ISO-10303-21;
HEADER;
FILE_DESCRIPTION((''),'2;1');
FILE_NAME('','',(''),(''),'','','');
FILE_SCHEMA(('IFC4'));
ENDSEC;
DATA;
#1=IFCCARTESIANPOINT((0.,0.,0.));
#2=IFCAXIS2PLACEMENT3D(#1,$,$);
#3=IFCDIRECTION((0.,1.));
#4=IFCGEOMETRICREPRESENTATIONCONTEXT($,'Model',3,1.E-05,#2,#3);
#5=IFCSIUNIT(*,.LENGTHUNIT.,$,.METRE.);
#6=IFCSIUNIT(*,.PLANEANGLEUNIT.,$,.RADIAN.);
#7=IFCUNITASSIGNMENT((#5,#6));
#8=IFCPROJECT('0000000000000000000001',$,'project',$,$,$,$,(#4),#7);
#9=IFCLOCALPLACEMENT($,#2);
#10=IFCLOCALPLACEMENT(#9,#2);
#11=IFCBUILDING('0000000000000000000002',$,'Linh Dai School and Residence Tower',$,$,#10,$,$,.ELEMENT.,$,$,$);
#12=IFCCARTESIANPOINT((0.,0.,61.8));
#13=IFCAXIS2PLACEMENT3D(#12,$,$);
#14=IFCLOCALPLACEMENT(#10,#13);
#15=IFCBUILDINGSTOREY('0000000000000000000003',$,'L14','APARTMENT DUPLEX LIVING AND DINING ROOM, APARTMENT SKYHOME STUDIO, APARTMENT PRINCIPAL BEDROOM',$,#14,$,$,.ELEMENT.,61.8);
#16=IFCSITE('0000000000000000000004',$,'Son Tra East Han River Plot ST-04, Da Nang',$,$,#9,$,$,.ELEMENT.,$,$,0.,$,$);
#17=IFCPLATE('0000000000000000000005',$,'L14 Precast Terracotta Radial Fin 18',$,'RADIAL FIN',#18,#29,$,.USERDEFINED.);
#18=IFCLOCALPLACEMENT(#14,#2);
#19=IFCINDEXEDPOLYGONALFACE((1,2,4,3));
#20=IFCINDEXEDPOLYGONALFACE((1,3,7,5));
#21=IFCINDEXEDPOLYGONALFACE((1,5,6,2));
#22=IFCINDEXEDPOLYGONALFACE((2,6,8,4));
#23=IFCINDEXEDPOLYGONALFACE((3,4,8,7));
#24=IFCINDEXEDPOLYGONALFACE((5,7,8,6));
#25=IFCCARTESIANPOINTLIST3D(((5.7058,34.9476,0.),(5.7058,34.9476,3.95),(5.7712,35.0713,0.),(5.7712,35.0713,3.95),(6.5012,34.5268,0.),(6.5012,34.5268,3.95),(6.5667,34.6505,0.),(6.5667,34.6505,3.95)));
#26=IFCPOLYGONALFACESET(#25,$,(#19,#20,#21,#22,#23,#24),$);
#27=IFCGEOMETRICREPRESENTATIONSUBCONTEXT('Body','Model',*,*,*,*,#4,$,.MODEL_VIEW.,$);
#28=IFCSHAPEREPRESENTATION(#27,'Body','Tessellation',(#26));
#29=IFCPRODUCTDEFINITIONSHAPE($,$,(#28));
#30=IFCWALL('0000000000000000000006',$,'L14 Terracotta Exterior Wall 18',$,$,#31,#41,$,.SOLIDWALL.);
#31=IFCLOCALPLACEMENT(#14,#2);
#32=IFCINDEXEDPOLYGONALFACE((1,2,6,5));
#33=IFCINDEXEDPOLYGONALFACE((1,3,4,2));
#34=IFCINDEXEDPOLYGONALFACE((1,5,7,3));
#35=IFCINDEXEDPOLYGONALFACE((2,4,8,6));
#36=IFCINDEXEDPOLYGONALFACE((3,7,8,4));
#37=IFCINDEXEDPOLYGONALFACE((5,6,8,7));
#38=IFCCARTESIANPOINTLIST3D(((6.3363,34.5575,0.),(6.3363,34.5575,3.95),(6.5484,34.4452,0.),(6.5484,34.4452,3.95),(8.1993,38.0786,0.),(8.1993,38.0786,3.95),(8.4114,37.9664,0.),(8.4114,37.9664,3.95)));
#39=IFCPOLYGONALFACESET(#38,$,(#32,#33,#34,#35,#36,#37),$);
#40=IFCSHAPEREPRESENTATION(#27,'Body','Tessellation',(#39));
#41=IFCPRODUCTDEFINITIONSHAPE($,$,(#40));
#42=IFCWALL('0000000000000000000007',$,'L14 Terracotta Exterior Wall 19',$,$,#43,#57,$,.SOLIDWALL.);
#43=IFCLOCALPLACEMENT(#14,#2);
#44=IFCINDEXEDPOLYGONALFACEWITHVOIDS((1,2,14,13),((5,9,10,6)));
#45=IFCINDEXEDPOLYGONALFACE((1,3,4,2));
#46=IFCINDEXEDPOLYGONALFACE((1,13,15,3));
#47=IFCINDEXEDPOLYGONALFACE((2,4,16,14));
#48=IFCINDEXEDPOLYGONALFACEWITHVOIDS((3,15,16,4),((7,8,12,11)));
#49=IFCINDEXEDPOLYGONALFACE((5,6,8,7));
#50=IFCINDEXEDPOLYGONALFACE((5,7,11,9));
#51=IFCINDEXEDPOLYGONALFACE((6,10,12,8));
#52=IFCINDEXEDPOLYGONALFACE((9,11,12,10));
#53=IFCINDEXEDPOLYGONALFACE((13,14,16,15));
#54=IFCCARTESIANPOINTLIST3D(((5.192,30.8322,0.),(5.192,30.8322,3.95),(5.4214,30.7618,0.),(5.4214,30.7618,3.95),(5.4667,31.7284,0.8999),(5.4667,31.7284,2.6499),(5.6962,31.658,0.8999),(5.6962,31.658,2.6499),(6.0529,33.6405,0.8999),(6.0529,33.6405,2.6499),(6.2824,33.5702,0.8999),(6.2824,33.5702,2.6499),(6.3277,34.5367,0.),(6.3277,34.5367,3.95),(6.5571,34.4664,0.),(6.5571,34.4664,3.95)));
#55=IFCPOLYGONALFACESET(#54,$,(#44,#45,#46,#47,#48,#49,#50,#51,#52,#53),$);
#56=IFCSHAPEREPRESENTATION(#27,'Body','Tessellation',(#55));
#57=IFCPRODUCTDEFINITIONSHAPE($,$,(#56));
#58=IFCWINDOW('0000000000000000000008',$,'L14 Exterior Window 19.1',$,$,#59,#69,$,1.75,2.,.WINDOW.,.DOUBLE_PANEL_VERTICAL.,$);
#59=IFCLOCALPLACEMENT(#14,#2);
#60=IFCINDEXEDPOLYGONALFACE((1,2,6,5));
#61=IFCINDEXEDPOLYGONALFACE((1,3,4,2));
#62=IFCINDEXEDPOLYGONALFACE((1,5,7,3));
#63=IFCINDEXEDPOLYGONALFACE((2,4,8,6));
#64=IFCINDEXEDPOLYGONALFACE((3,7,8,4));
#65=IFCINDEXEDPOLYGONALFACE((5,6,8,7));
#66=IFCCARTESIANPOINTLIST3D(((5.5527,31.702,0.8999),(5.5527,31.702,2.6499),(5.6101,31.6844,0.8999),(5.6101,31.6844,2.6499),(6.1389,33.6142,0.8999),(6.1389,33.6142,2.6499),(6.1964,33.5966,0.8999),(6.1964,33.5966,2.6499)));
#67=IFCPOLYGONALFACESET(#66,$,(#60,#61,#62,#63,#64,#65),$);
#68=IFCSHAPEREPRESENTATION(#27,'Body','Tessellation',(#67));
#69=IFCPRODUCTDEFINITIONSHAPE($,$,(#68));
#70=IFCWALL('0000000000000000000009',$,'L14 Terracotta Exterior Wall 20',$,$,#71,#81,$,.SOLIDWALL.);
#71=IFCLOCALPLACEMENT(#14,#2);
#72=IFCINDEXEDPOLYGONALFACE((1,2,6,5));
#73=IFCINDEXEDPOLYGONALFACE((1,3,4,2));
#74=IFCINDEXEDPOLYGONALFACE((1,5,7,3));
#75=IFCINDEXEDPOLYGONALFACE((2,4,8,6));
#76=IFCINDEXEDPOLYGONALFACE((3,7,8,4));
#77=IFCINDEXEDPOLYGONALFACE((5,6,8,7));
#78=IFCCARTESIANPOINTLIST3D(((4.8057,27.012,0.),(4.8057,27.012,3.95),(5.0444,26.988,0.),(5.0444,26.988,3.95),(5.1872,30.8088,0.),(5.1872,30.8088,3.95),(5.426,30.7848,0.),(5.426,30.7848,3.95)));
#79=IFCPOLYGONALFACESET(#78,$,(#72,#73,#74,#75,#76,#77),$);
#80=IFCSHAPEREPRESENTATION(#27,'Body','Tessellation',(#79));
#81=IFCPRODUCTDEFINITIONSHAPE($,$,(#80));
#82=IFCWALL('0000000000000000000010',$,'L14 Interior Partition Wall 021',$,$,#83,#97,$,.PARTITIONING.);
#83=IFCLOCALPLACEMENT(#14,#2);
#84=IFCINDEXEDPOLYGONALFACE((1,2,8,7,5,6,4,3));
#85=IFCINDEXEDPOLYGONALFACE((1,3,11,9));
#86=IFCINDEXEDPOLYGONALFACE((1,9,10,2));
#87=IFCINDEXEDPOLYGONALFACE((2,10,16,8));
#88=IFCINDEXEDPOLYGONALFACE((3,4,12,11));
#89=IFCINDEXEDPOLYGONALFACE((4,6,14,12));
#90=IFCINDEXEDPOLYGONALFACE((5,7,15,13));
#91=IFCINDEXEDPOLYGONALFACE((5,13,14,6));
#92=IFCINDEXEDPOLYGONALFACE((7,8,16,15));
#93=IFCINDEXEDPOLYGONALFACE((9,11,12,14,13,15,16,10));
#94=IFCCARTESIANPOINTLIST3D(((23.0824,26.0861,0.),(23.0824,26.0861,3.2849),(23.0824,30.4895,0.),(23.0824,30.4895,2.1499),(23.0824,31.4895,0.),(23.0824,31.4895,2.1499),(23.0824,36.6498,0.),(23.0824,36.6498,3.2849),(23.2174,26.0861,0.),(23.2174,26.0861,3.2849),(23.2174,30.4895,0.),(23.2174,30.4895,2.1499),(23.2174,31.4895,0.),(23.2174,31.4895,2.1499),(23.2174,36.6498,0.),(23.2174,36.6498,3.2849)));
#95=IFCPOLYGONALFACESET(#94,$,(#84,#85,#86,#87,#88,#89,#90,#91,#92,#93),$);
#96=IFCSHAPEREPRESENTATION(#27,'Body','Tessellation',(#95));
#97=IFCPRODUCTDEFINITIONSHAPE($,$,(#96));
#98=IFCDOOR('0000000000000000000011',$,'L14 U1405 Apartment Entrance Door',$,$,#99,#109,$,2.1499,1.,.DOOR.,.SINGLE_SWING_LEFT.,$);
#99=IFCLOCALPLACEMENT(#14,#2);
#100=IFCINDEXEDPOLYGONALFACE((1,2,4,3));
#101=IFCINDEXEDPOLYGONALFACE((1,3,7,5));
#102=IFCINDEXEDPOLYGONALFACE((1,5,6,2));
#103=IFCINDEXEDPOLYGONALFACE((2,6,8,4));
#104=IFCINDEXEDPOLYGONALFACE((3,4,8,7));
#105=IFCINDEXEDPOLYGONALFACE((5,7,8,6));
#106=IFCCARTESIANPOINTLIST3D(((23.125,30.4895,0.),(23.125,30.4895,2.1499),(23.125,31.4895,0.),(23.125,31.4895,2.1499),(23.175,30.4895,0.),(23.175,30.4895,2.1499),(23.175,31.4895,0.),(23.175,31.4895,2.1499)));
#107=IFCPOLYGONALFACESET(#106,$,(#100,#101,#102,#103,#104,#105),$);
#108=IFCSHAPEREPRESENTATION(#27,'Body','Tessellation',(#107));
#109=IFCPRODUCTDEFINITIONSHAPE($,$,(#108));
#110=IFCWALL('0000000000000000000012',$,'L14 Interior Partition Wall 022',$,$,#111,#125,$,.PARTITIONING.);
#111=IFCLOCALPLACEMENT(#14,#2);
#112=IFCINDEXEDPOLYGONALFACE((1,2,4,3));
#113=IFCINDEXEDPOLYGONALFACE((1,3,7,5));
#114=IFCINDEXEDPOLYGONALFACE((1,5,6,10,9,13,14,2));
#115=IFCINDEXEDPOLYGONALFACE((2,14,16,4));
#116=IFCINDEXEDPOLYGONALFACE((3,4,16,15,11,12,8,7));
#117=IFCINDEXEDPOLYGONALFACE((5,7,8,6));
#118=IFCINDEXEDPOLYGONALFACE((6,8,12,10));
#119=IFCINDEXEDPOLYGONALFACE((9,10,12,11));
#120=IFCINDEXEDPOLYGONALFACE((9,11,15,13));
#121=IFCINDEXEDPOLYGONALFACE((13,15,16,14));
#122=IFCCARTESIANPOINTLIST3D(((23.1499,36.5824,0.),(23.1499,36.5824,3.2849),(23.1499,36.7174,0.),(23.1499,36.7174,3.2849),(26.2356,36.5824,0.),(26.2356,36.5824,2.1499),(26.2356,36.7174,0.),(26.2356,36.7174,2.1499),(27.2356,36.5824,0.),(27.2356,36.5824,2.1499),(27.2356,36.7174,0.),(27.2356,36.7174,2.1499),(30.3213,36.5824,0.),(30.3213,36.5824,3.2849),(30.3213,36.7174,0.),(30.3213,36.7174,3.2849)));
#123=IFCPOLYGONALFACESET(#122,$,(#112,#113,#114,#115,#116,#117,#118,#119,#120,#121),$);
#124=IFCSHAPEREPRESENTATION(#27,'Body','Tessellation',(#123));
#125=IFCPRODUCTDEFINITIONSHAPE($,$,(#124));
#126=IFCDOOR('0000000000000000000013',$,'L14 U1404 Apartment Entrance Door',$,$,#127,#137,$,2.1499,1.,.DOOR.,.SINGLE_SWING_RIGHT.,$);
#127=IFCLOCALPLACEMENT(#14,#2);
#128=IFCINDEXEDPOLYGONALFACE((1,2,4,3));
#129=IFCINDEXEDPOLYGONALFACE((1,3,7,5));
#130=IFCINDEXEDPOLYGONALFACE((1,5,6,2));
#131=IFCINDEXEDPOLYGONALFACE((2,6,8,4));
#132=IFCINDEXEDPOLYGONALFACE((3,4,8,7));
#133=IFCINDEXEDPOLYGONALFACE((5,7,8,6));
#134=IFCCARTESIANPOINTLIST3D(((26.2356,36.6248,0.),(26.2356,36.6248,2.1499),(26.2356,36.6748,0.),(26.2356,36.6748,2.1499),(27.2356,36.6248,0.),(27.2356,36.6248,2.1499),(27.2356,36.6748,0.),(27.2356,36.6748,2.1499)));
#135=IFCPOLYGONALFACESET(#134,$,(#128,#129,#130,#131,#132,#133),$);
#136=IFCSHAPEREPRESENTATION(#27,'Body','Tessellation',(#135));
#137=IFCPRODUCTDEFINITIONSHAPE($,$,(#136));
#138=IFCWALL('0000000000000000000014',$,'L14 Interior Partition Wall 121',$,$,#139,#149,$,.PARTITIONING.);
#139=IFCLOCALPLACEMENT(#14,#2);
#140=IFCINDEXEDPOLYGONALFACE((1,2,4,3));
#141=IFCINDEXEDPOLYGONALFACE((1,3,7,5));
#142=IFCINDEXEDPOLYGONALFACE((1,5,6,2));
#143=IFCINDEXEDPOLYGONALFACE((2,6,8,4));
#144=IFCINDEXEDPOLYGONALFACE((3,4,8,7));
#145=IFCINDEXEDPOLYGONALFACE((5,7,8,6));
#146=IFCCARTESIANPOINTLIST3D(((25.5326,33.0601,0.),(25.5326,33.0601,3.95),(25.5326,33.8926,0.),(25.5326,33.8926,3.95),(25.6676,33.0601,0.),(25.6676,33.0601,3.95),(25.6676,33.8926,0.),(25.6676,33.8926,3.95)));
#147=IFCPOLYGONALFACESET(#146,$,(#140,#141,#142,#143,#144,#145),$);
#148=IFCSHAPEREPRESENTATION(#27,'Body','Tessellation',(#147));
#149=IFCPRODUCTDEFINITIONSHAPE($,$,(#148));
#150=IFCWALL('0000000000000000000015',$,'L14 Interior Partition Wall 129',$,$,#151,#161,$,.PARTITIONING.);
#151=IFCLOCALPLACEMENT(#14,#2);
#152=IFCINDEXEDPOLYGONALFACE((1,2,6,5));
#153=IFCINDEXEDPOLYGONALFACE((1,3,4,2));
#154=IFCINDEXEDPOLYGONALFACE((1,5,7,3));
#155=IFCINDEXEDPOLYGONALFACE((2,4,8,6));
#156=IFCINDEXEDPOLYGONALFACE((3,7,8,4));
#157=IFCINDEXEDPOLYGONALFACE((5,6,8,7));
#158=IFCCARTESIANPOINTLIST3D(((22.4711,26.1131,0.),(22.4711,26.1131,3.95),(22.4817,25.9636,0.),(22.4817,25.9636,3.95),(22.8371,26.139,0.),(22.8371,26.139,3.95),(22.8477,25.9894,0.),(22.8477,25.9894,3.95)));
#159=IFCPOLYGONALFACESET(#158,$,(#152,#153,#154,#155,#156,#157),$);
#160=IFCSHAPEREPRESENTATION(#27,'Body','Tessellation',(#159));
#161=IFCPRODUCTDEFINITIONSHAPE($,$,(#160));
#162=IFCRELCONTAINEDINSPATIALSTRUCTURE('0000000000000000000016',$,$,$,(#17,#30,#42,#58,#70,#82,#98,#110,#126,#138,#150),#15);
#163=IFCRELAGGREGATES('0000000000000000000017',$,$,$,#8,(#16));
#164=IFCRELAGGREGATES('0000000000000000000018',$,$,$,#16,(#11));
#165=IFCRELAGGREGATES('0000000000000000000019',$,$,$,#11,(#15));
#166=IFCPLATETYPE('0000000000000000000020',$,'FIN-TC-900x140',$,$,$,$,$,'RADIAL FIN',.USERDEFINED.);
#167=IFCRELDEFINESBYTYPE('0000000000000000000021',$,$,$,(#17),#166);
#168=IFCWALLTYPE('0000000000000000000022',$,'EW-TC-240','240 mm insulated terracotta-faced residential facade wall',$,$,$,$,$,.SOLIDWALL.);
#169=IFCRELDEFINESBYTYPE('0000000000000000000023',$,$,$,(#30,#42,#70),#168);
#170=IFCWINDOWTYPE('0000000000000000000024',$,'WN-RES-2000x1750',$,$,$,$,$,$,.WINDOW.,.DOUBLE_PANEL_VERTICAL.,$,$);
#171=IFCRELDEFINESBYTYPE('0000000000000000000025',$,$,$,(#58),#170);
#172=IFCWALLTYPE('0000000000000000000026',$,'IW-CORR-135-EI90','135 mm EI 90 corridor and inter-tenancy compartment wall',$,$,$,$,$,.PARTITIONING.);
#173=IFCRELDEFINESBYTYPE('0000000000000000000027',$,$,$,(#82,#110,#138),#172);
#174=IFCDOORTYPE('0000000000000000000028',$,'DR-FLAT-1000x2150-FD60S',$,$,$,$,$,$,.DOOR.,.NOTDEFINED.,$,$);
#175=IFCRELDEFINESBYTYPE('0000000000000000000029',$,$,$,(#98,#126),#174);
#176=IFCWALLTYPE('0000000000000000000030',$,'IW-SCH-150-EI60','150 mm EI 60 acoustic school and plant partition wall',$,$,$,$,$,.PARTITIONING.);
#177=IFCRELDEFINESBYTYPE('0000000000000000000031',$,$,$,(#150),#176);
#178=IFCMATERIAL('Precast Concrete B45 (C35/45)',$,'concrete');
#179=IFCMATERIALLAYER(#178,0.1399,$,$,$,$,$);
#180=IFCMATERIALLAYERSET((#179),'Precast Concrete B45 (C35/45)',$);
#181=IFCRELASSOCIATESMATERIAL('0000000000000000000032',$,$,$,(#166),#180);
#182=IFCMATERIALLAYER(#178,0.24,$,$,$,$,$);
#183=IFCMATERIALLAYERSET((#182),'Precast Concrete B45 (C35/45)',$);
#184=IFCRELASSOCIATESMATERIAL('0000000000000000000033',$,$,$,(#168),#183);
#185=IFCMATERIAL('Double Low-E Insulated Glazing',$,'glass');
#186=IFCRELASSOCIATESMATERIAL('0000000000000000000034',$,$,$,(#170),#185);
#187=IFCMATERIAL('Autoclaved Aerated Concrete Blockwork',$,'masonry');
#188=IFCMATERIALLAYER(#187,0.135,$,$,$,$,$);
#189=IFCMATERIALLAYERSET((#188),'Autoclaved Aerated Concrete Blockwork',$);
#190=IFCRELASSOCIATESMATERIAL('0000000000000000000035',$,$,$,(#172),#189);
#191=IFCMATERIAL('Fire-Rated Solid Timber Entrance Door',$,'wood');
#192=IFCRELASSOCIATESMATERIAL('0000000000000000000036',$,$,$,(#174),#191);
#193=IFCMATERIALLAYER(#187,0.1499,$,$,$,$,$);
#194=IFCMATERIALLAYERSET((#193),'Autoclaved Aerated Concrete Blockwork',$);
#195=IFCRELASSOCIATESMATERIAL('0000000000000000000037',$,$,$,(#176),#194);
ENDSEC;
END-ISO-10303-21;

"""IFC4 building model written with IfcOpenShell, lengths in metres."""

from ifc_helpers import new_model, si_unit, direction, frame, frame_2d, origin, origin_2d, place, context, subcontext, project, spatial, rectangle, extrude, source, transform, mapped, material, layer, layer_set, type_object, element, fill, save


model = new_model("IFC4")

# Units and contexts
model_context = context("Model", 3, precision=1e-05, world=origin(), true_north=direction((0.0, 1.0)))
body_context = subcontext(model_context, "Body", "Model", "MODEL_VIEW")
ifc_project = project(units=[si_unit("LENGTHUNIT", "METRE"), si_unit("PLANEANGLEUNIT", "RADIAN")], contexts=[model_context])

# Site, building, storey
site_placement = place(None, origin())
site = spatial("IfcSite", under=ifc_project, at=site_placement, Name="Son Tra East Han River Plot ST-04, Da Nang", CompositionType="ELEMENT", RefElevation=0.0)
building_placement = place(site_placement, origin())
building = spatial("IfcBuilding", under=site, at=building_placement, Name="Linh Dai School and Residence Tower", CompositionType="ELEMENT")
storey_placement = place(building_placement, frame((0.0, 0.0, 61.8)))
storey = spatial("IfcBuildingStorey", under=building, at=storey_placement, Name="L14", Description="APARTMENT DUPLEX LIVING AND DINING ROOM, APARTMENT SKYHOME STUDIO, APARTMENT PRINCIPAL BEDROOM", CompositionType="ELEMENT", Elevation=61.8)

# Plate
ifc_material_1 = material(Name="Precast Concrete B45 (C35/45)", Category="concrete")
ifc_layer_1 = layer(ifc_material_1, 0.1399)
ifc_layer_set_1 = layer_set([ifc_layer_1], Name="Precast Concrete B45 (C35/45)")
plate_type = type_object("IfcPlateType", Name="FIN-TC-900x140", ElementType="RADIAL FIN", PredefinedType="USERDEFINED", material=ifc_layer_set_1)
shared_shape_1 = source(origin(), body_context, "Body", "SweptSolid", [
    extrude(rectangle(XDim=0.8999, YDim=0.1399, at=origin_2d()), origin(), (0.0, 0.0, 1.0), 3.95),
])
plate_placement = place(storey_placement, frame((6.1362, 34.7991, 0.0), z_axis=(0.0, 0.0, 1.0), x_axis=(-0.883934, 0.467612, 0.0)))
element("IfcPlate", 1, at=plate_placement, inside=storey, type_object=plate_type, Name="L14 Precast Terracotta Radial Fin 18", ObjectType="RADIAL FIN", PredefinedType="USERDEFINED", context=body_context, shape_type="MappedRepresentation", body=[
    mapped(shared_shape_1, transform((0.0, 0.0, 0.0), x_axis=(1.0, 0.0, 0.0), y_axis=(0.0, 1.0, 0.0), z_axis=(0.0, 0.0, 1.0), scale=1.0)),
])

# Wall
ifc_layer_2 = layer(ifc_material_1, 0.24)
ifc_layer_set_2 = layer_set([ifc_layer_2], Name="Precast Concrete B45 (C35/45)")
wall_type_1 = type_object("IfcWallType", Name="EW-TC-240", Description="240 mm insulated terracotta-faced residential facade wall", PredefinedType="SOLIDWALL", material=ifc_layer_set_2)
wall_1_placement = place(storey_placement, frame((6.4424, 34.5015, 0.0), z_axis=(0.0, 0.0, 1.0), x_axis=(0.467662, 0.883907, 0.0)))
element("IfcWall", 2, at=wall_1_placement, inside=storey, type_object=wall_type_1, Name="L14 Terracotta Exterior Wall 18", PredefinedType="SOLIDWALL", context=body_context, shape_type="SweptSolid", body=[
    extrude(rectangle(XDim=3.9836, YDim=0.24, at=frame_2d((1.9917, 0.0))), origin(), (0.0, 0.0, 1.0), 3.95),
])

# Wall, opening, window
wall_2_placement = place(storey_placement, frame((5.3066, 30.7969, 0.0), z_axis=(0.0, 0.0, 1.0), x_axis=(0.293112, 0.956078, 0.0)))
wall_2 = element("IfcWall", 3, at=wall_2_placement, inside=storey, type_object=wall_type_1, Name="L14 Terracotta Exterior Wall 19", PredefinedType="SOLIDWALL", context=body_context, shape_type="SweptSolid", body=[
    extrude(rectangle(XDim=3.8748, YDim=0.24, at=frame_2d((1.9375, 0.0))), origin(), (0.0, 0.0, 1.0), 3.95),
])
opening_1_placement = place(wall_2_placement, frame((0.9375, 0.0, 0.8999)))
opening_1 = element("IfcOpeningElement", 4, at=opening_1_placement, cuts=wall_2, PredefinedType="OPENING", context=body_context, shape_type="SweptSolid", body=[
    extrude(rectangle(XDim=2.0, YDim=1.75, at=origin_2d()), frame((1.0, 0.1299, 0.875), z_axis=(0.0, -1.0, 0.0), x_axis=(1.0, 0.0, 0.0)), (0.0, 0.0, 1.0), 0.26),
])
ifc_material_2 = material(Name="Double Low-E Insulated Glazing", Category="glass")
window_type = type_object("IfcWindowType", Name="WN-RES-2000x1750", PartitioningType="DOUBLE_PANEL_VERTICAL", PredefinedType="WINDOW", material=ifc_material_2)
shared_shape_2 = source(origin(), body_context, "Body", "SweptSolid", [
    extrude(rectangle(XDim=2.0, YDim=1.75, at=origin_2d()), frame((1.0, 0.03, 0.875), z_axis=(0.0, -1.0, 0.0), x_axis=(1.0, 0.0, 0.0)), (0.0, 0.0, 1.0), 0.0601),
])
window_placement = place(opening_1_placement, origin())
window = element("IfcWindow", 5, at=window_placement, inside=storey, type_object=window_type, Name="L14 Exterior Window 19.1", OverallHeight=1.75, OverallWidth=2.0, PartitioningType="DOUBLE_PANEL_VERTICAL", PredefinedType="WINDOW", context=body_context, shape_type="MappedRepresentation", body=[
    mapped(shared_shape_2, transform((0.0, 0.0, 0.0), x_axis=(1.0, 0.0, 0.0), y_axis=(0.0, 1.0, 0.0), z_axis=(0.0, 0.0, 1.0), scale=1.0)),
])
fill(opening_1, window)

# Wall
wall_3_placement = place(storey_placement, frame((4.925, 27.0, 0.0), z_axis=(0.0, 0.0, 1.0), x_axis=(0.099998, 0.994988, 0.0)))
element("IfcWall", 6, at=wall_3_placement, inside=storey, type_object=wall_type_1, Name="L14 Terracotta Exterior Wall 20", PredefinedType="SOLIDWALL", context=body_context, shape_type="SweptSolid", body=[
    extrude(rectangle(XDim=3.8159, YDim=0.24, at=frame_2d((1.908, 0.0))), origin(), (0.0, 0.0, 1.0), 3.95),
])

# Walls, openings, doors
ifc_material_3 = material(Name="Autoclaved Aerated Concrete Blockwork", Category="masonry")
ifc_layer_3 = layer(ifc_material_3, 0.135)
ifc_layer_set_3 = layer_set([ifc_layer_3], Name="Autoclaved Aerated Concrete Blockwork")
wall_type_2 = type_object("IfcWallType", Name="IW-CORR-135-EI90", Description="135 mm EI 90 corridor and inter-tenancy compartment wall", PredefinedType="PARTITIONING", material=ifc_layer_set_3)
wall_4_placement = place(storey_placement, frame((23.1499, 26.0862, 0.0), z_axis=(0.0, 0.0, 1.0), x_axis=(0.0, 1.0, 0.0)))
wall_4 = element("IfcWall", 7, at=wall_4_placement, inside=storey, type_object=wall_type_2, Name="L14 Interior Partition Wall 021", PredefinedType="PARTITIONING", context=body_context, shape_type="SweptSolid", body=[
    extrude(rectangle(XDim=10.5637, YDim=0.135, at=frame_2d((5.2817, 0.0))), origin(), (0.0, 0.0, 1.0), 3.2849),
])
opening_2_placement = place(wall_4_placement, frame((4.4033, 0.0, 0.0)))
opening_2 = element("IfcOpeningElement", 8, at=opening_2_placement, cuts=wall_4, PredefinedType="OPENING", context=body_context, shape_type="SweptSolid", body=[
    extrude(rectangle(XDim=1.0, YDim=2.1499, at=origin_2d()), frame((0.5, 0.0776, 1.075), z_axis=(0.0, -1.0, 0.0), x_axis=(1.0, 0.0, 0.0)), (0.0, 0.0, 1.0), 0.155),
])
ifc_material_4 = material(Name="Fire-Rated Solid Timber Entrance Door", Category="wood")
door_type_1 = type_object("IfcDoorType", Name="DR-FLAT-1000x2150-FD60S", OperationType="NOTDEFINED", PredefinedType="DOOR", material=ifc_material_4)
shared_shape_3 = source(origin(), body_context, "Body", "SweptSolid", [
    extrude(rectangle(XDim=1.0, YDim=2.1499, at=origin_2d()), frame((0.5, 0.0249, 1.075), z_axis=(0.0, -1.0, 0.0), x_axis=(1.0, 0.0, 0.0)), (0.0, 0.0, 1.0), 0.05),
])
door_1_placement = place(opening_2_placement, origin())
door_1 = element("IfcDoor", 9, at=door_1_placement, inside=storey, type_object=door_type_1, Name="L14 U1405 Apartment Entrance Door", OperationType="SINGLE_SWING_LEFT", OverallHeight=2.1499, OverallWidth=1.0, PredefinedType="DOOR", context=body_context, shape_type="MappedRepresentation", body=[
    mapped(shared_shape_3, transform((0.0, 0.0, 0.0), x_axis=(1.0, 0.0, 0.0), y_axis=(0.0, 1.0, 0.0), z_axis=(0.0, 0.0, 1.0), scale=1.0)),
])
fill(opening_2, door_1)
wall_5_placement = place(storey_placement, frame((23.1499, 36.6499, 0.0), z_axis=(0.0, 0.0, 1.0), x_axis=(1.0, 0.0, 0.0)))
wall_5 = element("IfcWall", 10, at=wall_5_placement, inside=storey, type_object=wall_type_2, Name="L14 Interior Partition Wall 022", PredefinedType="PARTITIONING", context=body_context, shape_type="SweptSolid", body=[
    extrude(rectangle(XDim=7.1714, YDim=0.135, at=frame_2d((3.5857, 0.0))), origin(), (0.0, 0.0, 1.0), 3.2849),
])
opening_3_placement = place(wall_5_placement, frame((3.0857, 0.0, 0.0)))
opening_3 = element("IfcOpeningElement", 11, at=opening_3_placement, cuts=wall_5, PredefinedType="OPENING", context=body_context, shape_type="SweptSolid", body=[
    extrude(rectangle(XDim=1.0, YDim=2.1499, at=origin_2d()), frame((0.5, 0.0776, 1.075), z_axis=(0.0, -1.0, 0.0), x_axis=(1.0, 0.0, 0.0)), (0.0, 0.0, 1.0), 0.155),
])
door_2_placement = place(opening_3_placement, origin())
door_2 = element("IfcDoor", 12, at=door_2_placement, inside=storey, type_object=door_type_1, Name="L14 U1404 Apartment Entrance Door", OperationType="SINGLE_SWING_RIGHT", OverallHeight=2.1499, OverallWidth=1.0, PredefinedType="DOOR", context=body_context, shape_type="MappedRepresentation", body=[
    mapped(shared_shape_3, transform((0.0, 0.0, 0.0), x_axis=(1.0, 0.0, 0.0), y_axis=(0.0, 1.0, 0.0), z_axis=(0.0, 0.0, 1.0), scale=1.0)),
])
fill(opening_3, door_2)

# Walls
wall_6_placement = place(storey_placement, frame((25.6001, 33.8926, 0.0), z_axis=(0.0, 0.0, 1.0), x_axis=(0.0, -1.0, 0.0)))
element("IfcWall", 13, at=wall_6_placement, inside=storey, type_object=wall_type_2, Name="L14 Interior Partition Wall 121", PredefinedType="PARTITIONING", context=body_context, shape_type="SweptSolid", body=[
    extrude(rectangle(XDim=0.8325, YDim=0.135, at=frame_2d((0.4163, 0.0))), origin(), (0.0, 0.0, 1.0), 3.95),
])
ifc_layer_4 = layer(ifc_material_3, 0.1499)
ifc_layer_set_4 = layer_set([ifc_layer_4], Name="Autoclaved Aerated Concrete Blockwork")
wall_type_3 = type_object("IfcWallType", Name="IW-SCH-150-EI60", Description="150 mm EI 60 acoustic school and plant partition wall", PredefinedType="PARTITIONING", material=ifc_layer_set_4)
wall_7_placement = place(storey_placement, frame((22.8425, 26.0642, 0.0), z_axis=(0.0, 0.0, 1.0), x_axis=(-0.997509, -0.070538, 0.0)))
element("IfcWall", 14, at=wall_7_placement, inside=storey, type_object=wall_type_3, Name="L14 Interior Partition Wall 129", PredefinedType="PARTITIONING", context=body_context, shape_type="SweptSolid", body=[
    extrude(rectangle(XDim=0.3669, YDim=0.1499, at=frame_2d((0.1836, 0.0))), origin(), (0.0, 0.0, 1.0), 3.95),
])

save(model, "model.ifc")
